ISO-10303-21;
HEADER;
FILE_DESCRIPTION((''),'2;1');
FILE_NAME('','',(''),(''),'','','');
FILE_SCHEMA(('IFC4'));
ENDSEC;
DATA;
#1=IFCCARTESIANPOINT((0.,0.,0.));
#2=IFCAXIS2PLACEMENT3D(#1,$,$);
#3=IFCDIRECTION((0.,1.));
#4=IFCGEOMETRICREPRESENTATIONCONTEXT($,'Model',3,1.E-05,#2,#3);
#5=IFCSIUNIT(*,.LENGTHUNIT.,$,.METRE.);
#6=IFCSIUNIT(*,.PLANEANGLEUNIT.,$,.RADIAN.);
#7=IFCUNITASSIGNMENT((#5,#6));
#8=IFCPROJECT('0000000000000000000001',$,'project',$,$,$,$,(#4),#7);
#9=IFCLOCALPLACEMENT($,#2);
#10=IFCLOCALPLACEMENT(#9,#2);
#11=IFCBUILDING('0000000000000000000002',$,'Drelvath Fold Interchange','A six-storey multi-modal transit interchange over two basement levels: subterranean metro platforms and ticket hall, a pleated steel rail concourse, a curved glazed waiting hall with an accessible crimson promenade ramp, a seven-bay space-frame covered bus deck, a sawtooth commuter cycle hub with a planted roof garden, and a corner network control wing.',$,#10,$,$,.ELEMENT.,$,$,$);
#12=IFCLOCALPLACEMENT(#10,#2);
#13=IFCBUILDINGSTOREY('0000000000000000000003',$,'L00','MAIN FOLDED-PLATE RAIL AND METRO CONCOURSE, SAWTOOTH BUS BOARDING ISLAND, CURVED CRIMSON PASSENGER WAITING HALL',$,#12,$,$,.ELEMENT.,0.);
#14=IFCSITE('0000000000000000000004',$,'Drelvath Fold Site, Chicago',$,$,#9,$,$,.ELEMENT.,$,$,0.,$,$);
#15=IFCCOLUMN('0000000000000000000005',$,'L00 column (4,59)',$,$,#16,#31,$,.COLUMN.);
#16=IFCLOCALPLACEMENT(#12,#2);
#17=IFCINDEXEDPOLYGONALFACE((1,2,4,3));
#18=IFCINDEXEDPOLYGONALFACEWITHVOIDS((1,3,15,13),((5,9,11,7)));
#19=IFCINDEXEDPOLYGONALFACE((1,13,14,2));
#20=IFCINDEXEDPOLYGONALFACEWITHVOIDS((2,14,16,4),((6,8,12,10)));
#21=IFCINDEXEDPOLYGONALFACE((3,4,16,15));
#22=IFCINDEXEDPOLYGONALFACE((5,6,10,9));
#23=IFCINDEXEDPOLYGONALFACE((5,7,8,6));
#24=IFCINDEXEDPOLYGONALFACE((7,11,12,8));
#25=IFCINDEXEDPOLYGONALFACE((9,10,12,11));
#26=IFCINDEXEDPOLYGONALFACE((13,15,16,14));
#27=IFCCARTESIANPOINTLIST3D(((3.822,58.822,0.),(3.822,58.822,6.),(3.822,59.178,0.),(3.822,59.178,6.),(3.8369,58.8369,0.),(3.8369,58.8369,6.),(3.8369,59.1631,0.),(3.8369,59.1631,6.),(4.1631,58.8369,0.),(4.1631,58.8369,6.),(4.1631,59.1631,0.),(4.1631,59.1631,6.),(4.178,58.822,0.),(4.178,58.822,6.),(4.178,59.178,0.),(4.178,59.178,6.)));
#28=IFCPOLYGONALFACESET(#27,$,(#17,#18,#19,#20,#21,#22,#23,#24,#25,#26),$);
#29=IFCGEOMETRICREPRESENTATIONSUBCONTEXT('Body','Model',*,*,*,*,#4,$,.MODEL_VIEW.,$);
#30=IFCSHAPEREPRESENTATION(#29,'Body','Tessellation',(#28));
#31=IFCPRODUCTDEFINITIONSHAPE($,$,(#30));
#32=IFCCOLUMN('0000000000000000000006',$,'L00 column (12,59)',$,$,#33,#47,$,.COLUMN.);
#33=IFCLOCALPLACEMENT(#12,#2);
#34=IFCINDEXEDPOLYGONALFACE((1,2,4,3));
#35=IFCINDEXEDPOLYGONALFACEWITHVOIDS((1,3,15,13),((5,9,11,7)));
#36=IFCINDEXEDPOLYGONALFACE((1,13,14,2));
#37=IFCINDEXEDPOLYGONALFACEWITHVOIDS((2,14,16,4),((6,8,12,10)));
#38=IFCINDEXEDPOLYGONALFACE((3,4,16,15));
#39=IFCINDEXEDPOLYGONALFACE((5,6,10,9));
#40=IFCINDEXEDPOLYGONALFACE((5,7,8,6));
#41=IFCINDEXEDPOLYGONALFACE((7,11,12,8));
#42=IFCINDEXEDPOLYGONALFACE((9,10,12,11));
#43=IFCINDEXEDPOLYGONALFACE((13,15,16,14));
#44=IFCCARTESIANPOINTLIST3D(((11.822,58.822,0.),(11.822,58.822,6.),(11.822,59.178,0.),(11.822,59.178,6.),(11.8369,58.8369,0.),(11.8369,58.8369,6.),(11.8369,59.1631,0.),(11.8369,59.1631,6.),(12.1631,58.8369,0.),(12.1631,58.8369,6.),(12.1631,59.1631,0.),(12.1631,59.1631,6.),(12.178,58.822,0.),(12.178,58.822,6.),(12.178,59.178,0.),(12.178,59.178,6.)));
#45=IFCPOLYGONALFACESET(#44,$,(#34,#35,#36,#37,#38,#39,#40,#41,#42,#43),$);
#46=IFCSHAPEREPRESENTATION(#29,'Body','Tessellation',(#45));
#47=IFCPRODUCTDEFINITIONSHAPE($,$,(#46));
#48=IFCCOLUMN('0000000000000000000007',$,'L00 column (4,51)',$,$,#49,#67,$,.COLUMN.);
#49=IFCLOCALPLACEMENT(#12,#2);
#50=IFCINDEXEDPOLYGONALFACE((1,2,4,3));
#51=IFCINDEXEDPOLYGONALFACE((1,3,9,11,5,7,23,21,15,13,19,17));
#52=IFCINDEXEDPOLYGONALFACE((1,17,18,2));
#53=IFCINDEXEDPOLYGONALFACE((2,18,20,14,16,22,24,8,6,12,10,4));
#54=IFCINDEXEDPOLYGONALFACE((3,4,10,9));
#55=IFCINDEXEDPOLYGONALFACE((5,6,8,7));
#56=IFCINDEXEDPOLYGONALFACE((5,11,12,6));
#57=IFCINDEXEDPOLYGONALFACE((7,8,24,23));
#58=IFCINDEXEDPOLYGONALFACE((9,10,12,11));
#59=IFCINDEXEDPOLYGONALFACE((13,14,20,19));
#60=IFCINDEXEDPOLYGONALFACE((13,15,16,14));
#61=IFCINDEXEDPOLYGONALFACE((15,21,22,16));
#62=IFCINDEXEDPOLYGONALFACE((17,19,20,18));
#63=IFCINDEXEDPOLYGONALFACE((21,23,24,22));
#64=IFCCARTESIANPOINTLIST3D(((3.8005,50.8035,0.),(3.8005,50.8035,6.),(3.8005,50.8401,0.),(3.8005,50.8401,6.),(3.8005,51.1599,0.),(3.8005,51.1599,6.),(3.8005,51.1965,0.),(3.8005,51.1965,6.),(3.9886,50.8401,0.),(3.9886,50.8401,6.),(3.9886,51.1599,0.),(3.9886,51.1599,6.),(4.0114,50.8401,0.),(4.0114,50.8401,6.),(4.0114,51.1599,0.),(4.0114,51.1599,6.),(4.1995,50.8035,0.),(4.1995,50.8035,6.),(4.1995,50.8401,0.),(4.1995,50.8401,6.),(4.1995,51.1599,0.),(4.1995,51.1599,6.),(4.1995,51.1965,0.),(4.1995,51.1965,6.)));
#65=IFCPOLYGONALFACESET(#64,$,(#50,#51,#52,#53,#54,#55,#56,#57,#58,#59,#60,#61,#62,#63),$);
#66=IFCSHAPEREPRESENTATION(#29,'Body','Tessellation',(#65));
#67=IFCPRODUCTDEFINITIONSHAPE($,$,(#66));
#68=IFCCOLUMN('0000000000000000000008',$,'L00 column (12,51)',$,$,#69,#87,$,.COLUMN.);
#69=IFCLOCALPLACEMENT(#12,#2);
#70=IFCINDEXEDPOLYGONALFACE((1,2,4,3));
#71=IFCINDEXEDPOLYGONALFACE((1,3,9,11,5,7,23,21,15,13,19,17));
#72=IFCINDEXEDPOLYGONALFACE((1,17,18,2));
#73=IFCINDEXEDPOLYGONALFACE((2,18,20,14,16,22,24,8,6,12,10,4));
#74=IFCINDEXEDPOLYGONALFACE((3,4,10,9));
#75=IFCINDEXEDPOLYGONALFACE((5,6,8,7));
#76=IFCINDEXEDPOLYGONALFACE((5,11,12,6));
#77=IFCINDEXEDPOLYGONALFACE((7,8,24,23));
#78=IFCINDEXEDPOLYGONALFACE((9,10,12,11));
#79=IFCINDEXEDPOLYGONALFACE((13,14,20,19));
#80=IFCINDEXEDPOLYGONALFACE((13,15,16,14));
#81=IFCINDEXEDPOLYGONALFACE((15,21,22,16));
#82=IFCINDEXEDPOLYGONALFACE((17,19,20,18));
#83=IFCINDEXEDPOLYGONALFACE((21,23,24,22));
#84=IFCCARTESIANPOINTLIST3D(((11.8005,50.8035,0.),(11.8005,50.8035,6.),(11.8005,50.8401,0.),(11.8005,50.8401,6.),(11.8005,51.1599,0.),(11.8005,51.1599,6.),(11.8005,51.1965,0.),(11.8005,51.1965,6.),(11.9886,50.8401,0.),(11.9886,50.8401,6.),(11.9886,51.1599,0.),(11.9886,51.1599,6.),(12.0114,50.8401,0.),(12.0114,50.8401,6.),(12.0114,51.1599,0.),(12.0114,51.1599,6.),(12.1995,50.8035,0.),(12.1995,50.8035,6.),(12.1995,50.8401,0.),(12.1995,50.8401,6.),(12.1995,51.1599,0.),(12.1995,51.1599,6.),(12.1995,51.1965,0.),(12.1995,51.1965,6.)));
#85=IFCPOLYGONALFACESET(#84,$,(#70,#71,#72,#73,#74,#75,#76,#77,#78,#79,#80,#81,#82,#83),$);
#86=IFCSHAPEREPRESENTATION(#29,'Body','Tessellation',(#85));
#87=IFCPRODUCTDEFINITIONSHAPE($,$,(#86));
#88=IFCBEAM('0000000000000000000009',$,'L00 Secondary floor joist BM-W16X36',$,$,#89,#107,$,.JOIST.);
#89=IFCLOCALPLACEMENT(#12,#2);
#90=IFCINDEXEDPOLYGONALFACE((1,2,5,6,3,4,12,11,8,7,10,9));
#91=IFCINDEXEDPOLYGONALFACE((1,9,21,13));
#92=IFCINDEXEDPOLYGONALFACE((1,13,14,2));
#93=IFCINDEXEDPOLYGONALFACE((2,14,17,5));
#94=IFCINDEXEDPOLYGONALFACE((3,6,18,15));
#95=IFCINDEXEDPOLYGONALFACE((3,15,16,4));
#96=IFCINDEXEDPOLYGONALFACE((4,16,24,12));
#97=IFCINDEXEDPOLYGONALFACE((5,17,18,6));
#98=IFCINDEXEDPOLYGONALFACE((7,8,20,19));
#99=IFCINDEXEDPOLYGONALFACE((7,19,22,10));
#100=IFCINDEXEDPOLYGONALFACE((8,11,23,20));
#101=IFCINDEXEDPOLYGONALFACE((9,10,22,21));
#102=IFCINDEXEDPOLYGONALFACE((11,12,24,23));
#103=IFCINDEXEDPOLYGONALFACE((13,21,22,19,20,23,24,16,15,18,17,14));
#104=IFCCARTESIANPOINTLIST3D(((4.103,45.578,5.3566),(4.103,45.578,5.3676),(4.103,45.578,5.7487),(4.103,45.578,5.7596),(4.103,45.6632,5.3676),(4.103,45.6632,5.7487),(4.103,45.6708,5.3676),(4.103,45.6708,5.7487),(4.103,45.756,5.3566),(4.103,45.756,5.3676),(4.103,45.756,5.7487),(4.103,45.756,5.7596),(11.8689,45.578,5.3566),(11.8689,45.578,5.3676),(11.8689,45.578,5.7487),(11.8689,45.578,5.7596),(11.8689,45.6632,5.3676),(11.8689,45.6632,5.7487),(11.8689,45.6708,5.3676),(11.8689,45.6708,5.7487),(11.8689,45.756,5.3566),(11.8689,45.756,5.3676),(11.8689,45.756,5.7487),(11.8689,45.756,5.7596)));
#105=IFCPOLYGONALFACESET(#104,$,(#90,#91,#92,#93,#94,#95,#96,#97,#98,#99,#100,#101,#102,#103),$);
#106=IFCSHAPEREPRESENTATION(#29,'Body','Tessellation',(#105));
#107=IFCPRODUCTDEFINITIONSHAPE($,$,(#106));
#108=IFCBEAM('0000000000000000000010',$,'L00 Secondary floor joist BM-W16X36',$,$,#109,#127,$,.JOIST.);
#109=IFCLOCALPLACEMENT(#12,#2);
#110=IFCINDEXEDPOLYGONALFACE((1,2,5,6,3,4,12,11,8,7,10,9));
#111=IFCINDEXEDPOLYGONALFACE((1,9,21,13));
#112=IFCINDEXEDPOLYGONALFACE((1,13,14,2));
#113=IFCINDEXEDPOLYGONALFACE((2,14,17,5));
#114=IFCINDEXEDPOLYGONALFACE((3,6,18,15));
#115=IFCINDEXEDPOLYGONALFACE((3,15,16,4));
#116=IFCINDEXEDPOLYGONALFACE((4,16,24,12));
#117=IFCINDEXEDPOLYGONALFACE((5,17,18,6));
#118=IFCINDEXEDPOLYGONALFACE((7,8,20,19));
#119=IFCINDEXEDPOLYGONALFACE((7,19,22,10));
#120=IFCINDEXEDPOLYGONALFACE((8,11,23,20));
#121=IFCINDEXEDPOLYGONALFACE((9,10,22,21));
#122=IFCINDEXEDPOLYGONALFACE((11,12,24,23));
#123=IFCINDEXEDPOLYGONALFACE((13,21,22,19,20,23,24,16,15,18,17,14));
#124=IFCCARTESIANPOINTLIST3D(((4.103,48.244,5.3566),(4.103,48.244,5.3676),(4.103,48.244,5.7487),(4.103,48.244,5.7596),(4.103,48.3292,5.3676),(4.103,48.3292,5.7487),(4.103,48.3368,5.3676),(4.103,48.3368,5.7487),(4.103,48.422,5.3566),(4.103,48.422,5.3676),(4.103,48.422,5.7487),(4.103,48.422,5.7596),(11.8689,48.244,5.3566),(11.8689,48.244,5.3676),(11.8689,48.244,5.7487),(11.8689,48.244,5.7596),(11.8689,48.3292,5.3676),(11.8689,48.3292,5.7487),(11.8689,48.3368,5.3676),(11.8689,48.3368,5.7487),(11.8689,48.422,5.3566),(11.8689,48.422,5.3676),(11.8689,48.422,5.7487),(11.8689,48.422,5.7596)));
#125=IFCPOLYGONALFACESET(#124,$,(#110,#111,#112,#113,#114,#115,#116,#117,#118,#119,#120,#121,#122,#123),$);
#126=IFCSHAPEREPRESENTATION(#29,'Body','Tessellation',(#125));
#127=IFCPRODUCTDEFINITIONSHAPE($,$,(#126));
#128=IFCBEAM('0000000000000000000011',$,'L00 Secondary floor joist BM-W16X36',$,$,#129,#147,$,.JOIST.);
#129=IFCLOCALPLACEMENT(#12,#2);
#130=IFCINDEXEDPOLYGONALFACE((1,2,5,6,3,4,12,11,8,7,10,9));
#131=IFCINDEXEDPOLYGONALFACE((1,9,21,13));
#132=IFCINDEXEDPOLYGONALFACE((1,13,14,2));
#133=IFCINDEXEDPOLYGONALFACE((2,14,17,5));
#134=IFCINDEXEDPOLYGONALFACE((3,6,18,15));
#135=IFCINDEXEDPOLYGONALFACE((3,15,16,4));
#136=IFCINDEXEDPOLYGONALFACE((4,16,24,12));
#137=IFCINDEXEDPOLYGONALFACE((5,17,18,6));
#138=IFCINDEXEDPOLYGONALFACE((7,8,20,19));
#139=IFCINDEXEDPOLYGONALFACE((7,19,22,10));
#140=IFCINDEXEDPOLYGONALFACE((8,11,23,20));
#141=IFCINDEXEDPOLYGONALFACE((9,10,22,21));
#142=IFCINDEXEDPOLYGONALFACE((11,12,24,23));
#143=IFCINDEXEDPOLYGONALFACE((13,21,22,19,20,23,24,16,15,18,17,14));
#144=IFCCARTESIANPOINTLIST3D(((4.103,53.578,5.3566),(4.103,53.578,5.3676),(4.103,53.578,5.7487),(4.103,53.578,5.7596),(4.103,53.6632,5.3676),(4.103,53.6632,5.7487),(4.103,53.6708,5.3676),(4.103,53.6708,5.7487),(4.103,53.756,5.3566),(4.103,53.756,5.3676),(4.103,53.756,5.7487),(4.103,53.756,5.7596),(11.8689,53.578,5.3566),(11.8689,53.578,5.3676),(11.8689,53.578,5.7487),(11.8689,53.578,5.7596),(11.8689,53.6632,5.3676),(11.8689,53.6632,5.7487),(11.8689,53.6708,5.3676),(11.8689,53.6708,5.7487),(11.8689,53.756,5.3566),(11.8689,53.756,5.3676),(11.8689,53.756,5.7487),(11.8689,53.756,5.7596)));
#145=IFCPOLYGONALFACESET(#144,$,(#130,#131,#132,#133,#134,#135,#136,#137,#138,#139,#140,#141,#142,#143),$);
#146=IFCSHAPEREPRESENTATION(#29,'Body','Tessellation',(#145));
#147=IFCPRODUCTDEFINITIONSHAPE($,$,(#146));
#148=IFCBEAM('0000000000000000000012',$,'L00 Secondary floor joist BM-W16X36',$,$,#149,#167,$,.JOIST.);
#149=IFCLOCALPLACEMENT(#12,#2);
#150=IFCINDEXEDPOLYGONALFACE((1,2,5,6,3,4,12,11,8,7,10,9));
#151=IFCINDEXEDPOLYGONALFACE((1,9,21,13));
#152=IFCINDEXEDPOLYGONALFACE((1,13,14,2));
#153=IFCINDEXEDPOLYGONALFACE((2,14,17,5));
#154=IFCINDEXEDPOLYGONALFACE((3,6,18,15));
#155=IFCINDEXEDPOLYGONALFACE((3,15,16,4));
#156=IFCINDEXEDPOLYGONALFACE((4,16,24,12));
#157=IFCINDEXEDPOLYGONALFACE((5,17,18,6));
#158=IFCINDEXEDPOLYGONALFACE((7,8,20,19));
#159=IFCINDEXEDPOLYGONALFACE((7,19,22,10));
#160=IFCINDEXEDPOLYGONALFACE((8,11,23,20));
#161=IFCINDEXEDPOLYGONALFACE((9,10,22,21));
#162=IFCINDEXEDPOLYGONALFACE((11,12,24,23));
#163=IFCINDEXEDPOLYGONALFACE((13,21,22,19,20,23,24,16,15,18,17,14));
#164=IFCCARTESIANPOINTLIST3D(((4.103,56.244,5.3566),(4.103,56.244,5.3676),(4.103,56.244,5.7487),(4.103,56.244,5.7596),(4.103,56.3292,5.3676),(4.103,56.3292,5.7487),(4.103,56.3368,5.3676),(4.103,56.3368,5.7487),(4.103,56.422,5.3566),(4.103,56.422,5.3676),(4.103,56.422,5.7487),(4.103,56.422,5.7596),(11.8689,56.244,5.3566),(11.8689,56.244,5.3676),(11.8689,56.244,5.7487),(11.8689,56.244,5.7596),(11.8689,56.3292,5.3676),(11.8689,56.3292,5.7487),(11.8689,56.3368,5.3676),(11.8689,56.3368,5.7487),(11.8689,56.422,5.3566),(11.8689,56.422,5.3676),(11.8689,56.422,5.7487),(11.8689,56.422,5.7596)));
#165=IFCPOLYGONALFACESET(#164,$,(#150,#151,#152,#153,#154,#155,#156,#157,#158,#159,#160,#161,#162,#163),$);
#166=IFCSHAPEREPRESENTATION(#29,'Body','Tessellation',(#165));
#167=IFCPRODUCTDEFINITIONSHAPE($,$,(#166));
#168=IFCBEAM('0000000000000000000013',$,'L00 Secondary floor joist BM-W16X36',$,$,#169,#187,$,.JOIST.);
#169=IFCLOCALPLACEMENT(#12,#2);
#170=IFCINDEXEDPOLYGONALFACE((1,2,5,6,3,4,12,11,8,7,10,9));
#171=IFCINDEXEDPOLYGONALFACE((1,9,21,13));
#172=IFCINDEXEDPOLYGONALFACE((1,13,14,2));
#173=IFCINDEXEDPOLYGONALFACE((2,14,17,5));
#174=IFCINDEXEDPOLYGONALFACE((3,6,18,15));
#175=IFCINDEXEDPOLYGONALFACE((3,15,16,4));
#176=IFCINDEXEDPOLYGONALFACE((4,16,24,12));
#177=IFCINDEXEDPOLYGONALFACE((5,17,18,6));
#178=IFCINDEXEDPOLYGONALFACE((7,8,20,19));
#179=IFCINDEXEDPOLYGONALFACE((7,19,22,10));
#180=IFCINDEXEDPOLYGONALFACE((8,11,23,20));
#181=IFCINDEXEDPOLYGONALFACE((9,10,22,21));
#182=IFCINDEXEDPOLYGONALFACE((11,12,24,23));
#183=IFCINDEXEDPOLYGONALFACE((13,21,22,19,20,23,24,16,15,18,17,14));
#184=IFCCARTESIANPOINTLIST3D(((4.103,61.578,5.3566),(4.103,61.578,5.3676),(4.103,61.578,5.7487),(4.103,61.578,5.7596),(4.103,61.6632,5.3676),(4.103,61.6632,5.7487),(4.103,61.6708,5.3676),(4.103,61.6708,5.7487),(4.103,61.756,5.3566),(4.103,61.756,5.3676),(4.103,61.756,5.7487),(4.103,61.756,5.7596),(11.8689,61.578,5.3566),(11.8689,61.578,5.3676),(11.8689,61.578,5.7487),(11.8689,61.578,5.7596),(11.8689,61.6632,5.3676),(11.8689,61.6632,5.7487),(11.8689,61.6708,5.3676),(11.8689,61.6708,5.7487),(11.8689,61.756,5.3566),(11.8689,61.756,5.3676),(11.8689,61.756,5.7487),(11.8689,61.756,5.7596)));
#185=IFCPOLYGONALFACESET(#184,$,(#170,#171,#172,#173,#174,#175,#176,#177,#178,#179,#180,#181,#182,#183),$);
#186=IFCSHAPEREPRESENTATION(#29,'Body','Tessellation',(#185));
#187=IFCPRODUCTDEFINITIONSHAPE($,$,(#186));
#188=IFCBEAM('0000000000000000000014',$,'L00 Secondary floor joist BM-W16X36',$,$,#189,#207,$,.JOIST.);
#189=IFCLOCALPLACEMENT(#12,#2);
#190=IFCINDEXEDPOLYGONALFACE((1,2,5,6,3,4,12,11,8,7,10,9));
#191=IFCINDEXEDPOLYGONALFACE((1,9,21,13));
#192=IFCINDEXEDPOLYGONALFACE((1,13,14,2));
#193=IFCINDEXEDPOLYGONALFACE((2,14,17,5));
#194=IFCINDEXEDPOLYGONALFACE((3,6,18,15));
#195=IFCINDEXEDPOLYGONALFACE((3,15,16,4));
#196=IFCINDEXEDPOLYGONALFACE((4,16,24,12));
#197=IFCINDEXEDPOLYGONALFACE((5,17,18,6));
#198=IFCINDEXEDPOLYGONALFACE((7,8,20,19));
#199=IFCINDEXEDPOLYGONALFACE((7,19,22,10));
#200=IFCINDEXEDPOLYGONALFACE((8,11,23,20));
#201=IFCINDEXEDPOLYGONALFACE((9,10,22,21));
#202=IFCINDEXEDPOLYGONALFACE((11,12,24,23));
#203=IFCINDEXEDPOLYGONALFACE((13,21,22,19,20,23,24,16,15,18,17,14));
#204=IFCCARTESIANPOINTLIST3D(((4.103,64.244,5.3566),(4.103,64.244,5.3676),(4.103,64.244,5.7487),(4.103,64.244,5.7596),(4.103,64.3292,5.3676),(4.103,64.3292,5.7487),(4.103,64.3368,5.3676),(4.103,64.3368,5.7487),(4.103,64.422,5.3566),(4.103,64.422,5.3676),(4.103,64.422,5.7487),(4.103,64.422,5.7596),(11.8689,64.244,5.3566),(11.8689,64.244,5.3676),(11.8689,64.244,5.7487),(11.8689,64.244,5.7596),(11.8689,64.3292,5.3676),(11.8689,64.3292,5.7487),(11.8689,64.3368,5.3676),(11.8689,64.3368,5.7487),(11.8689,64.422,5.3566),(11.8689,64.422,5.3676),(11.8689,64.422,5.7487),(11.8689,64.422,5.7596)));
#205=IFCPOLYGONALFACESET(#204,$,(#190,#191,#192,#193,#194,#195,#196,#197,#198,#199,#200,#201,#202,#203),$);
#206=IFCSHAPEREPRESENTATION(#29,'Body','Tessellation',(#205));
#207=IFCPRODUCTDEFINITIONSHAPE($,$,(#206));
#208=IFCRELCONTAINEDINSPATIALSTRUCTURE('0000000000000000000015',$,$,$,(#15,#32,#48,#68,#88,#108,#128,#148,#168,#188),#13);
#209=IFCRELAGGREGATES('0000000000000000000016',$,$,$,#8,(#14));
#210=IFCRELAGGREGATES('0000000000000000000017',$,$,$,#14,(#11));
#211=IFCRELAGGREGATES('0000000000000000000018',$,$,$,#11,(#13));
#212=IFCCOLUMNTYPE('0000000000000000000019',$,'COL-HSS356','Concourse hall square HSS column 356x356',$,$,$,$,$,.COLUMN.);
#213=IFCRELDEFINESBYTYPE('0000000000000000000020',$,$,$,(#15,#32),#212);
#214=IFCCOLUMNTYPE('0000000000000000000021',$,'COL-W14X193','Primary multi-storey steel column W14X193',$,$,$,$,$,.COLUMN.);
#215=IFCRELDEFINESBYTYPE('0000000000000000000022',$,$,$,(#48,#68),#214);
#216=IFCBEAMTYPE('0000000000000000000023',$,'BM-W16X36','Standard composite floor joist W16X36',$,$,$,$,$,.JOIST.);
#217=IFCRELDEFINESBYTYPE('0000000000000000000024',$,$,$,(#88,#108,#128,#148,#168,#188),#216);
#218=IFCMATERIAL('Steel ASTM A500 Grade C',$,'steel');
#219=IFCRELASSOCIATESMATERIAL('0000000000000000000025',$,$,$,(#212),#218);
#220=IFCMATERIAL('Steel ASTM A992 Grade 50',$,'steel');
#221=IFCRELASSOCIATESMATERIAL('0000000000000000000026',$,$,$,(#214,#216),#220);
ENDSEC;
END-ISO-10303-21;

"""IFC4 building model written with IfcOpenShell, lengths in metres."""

from ifc_helpers import new_model, si_unit, direction, frame, origin, origin_2d, place, context, subcontext, project, spatial, hollow_rectangle, i_section, extrude, material, material_profile, profile_set, type_object, element, save


model = new_model("IFC4")

# Units and contexts
model_context = context("Model", 3, precision=1e-05, world=origin(), true_north=direction((0.0, 1.0)))
body_context = subcontext(model_context, "Body", "Model", "MODEL_VIEW")
ifc_project = project(units=[si_unit("LENGTHUNIT", "METRE"), si_unit("PLANEANGLEUNIT", "RADIAN")], contexts=[model_context])

# Site, building, storey
site_placement = place(None, origin())
site = spatial("IfcSite", under=ifc_project, at=site_placement, Name="Drelvath Fold Site, Chicago", CompositionType="ELEMENT", RefElevation=0.0)
building_placement = place(site_placement, origin())
building = spatial("IfcBuilding", under=site, at=building_placement, Name="Drelvath Fold Interchange", Description="A six-storey multi-modal transit interchange over two basement levels: subterranean metro platforms and ticket hall, a pleated steel rail concourse, a curved glazed waiting hall with an accessible crimson promenade ramp, a seven-bay space-frame covered bus deck, a sawtooth commuter cycle hub with a planted roof garden, and a corner network control wing.", CompositionType="ELEMENT")
storey_placement = place(building_placement, origin())
storey = spatial("IfcBuildingStorey", under=building, at=storey_placement, Name="L00", Description="MAIN FOLDED-PLATE RAIL AND METRO CONCOURSE, SAWTOOTH BUS BOARDING ISLAND, CURVED CRIMSON PASSENGER WAITING HALL", CompositionType="ELEMENT", Elevation=0.0)

# Columns
ifc_material_1 = material(Name="Steel ASTM A500 Grade C", Category="steel")
ifc_material_profile_1 = material_profile(ifc_material_1, hollow_rectangle(XDim=0.356, YDim=0.356, WallThickness=0.0149, at=origin_2d()), Name="HSS14X14X5/8")
ifc_profile_set_1 = profile_set([ifc_material_profile_1], Name="Steel ASTM A500 Grade C")
column_type_1 = type_object("IfcColumnType", Name="COL-HSS356", Description="Concourse hall square HSS column 356x356", PredefinedType="COLUMN", material=ifc_profile_set_1)
for number, where, z_axis, x_axis, name in (
    (1, (4.0, 59.0, 0.0), (0.0, 0.0, 1.0), (1.0, 0.0, 0.0), "L00 column (4,59)"),
    (2, (12.0, 59.0, 0.0), (0.0, 0.0, 1.0), (1.0, 0.0, 0.0), "L00 column (12,59)"),
):
    element("IfcColumn", number, at=place(storey_placement, frame(where, z_axis=z_axis, x_axis=x_axis)), inside=storey, type_object=column_type_1, Name=name, PredefinedType="COLUMN", context=body_context, shape_type="SweptSolid", body=[
        extrude(hollow_rectangle(XDim=0.356, YDim=0.356, WallThickness=0.0149, at=origin_2d()), origin(), (0.0, 0.0, 1.0), 6.0),
    ])
ifc_material_2 = material(Name="Steel ASTM A992 Grade 50", Category="steel")
ifc_material_profile_2 = material_profile(ifc_material_2, i_section(OverallWidth=0.3989, OverallDepth=0.3931, WebThickness=0.0227, FlangeThickness=0.0366, at=origin_2d()), Name="W14X193")
ifc_profile_set_2 = profile_set([ifc_material_profile_2], Name="Steel ASTM A992 Grade 50")
column_type_2 = type_object("IfcColumnType", Name="COL-W14X193", Description="Primary multi-storey steel column W14X193", PredefinedType="COLUMN", material=ifc_profile_set_2)
for number, where, z_axis, x_axis, name in (
    (3, (4.0, 51.0, 0.0), (0.0, 0.0, 1.0), (1.0, 0.0, 0.0), "L00 column (4,51)"),
    (4, (12.0, 51.0, 0.0), (0.0, 0.0, 1.0), (1.0, 0.0, 0.0), "L00 column (12,51)"),
):
    element("IfcColumn", number, at=place(storey_placement, frame(where, z_axis=z_axis, x_axis=x_axis)), inside=storey, type_object=column_type_2, Name=name, PredefinedType="COLUMN", context=body_context, shape_type="SweptSolid", body=[
        extrude(i_section(OverallWidth=0.3989, OverallDepth=0.3931, WebThickness=0.0227, FlangeThickness=0.0366, at=origin_2d()), origin(), (0.0, 0.0, 1.0), 6.0),
    ])

# Beams
ifc_material_profile_3 = material_profile(ifc_material_2, i_section(OverallWidth=0.178, OverallDepth=0.4031, WebThickness=0.0076, FlangeThickness=0.011, at=origin_2d()), Name="W16X36")
ifc_profile_set_3 = profile_set([ifc_material_profile_3], Name="Steel ASTM A992 Grade 50")
beam_type_1 = type_object("IfcBeamType", Name="BM-W16X36", Description="Standard composite floor joist W16X36", PredefinedType="JOIST", material=ifc_profile_set_3)
for number, where, z_axis, x_axis, name in (
    (5, (4.103, 45.667, 5.5581), (1.0, 0.0, 0.0), (0.0, 1.0, 0.0), "L00 Secondary floor joist BM-W16X36"),
    (6, (4.103, 48.333, 5.5581), (1.0, 0.0, 0.0), (0.0, 1.0, 0.0), "L00 Secondary floor joist BM-W16X36"),
    (7, (4.103, 53.667, 5.5581), (1.0, 0.0, 0.0), (0.0, 1.0, 0.0), "L00 Secondary floor joist BM-W16X36"),
    (8, (4.103, 56.333, 5.5581), (1.0, 0.0, 0.0), (0.0, 1.0, 0.0), "L00 Secondary floor joist BM-W16X36"),
    (9, (4.103, 61.667, 5.5581), (1.0, 0.0, 0.0), (0.0, 1.0, 0.0), "L00 Secondary floor joist BM-W16X36"),
    (10, (4.103, 64.333, 5.5581), (1.0, 0.0, 0.0), (0.0, 1.0, 0.0), "L00 Secondary floor joist BM-W16X36"),
):
    element("IfcBeam", number, at=place(storey_placement, frame(where, z_axis=z_axis, x_axis=x_axis)), inside=storey, type_object=beam_type_1, Name=name, PredefinedType="JOIST", context=body_context, shape_type="SweptSolid", body=[
        extrude(i_section(OverallWidth=0.178, OverallDepth=0.4031, WebThickness=0.0076, FlangeThickness=0.011, at=origin_2d()), origin(), (0.0, 0.0, 1.0), 7.7659),
    ])

save(model, "model.ifc")
